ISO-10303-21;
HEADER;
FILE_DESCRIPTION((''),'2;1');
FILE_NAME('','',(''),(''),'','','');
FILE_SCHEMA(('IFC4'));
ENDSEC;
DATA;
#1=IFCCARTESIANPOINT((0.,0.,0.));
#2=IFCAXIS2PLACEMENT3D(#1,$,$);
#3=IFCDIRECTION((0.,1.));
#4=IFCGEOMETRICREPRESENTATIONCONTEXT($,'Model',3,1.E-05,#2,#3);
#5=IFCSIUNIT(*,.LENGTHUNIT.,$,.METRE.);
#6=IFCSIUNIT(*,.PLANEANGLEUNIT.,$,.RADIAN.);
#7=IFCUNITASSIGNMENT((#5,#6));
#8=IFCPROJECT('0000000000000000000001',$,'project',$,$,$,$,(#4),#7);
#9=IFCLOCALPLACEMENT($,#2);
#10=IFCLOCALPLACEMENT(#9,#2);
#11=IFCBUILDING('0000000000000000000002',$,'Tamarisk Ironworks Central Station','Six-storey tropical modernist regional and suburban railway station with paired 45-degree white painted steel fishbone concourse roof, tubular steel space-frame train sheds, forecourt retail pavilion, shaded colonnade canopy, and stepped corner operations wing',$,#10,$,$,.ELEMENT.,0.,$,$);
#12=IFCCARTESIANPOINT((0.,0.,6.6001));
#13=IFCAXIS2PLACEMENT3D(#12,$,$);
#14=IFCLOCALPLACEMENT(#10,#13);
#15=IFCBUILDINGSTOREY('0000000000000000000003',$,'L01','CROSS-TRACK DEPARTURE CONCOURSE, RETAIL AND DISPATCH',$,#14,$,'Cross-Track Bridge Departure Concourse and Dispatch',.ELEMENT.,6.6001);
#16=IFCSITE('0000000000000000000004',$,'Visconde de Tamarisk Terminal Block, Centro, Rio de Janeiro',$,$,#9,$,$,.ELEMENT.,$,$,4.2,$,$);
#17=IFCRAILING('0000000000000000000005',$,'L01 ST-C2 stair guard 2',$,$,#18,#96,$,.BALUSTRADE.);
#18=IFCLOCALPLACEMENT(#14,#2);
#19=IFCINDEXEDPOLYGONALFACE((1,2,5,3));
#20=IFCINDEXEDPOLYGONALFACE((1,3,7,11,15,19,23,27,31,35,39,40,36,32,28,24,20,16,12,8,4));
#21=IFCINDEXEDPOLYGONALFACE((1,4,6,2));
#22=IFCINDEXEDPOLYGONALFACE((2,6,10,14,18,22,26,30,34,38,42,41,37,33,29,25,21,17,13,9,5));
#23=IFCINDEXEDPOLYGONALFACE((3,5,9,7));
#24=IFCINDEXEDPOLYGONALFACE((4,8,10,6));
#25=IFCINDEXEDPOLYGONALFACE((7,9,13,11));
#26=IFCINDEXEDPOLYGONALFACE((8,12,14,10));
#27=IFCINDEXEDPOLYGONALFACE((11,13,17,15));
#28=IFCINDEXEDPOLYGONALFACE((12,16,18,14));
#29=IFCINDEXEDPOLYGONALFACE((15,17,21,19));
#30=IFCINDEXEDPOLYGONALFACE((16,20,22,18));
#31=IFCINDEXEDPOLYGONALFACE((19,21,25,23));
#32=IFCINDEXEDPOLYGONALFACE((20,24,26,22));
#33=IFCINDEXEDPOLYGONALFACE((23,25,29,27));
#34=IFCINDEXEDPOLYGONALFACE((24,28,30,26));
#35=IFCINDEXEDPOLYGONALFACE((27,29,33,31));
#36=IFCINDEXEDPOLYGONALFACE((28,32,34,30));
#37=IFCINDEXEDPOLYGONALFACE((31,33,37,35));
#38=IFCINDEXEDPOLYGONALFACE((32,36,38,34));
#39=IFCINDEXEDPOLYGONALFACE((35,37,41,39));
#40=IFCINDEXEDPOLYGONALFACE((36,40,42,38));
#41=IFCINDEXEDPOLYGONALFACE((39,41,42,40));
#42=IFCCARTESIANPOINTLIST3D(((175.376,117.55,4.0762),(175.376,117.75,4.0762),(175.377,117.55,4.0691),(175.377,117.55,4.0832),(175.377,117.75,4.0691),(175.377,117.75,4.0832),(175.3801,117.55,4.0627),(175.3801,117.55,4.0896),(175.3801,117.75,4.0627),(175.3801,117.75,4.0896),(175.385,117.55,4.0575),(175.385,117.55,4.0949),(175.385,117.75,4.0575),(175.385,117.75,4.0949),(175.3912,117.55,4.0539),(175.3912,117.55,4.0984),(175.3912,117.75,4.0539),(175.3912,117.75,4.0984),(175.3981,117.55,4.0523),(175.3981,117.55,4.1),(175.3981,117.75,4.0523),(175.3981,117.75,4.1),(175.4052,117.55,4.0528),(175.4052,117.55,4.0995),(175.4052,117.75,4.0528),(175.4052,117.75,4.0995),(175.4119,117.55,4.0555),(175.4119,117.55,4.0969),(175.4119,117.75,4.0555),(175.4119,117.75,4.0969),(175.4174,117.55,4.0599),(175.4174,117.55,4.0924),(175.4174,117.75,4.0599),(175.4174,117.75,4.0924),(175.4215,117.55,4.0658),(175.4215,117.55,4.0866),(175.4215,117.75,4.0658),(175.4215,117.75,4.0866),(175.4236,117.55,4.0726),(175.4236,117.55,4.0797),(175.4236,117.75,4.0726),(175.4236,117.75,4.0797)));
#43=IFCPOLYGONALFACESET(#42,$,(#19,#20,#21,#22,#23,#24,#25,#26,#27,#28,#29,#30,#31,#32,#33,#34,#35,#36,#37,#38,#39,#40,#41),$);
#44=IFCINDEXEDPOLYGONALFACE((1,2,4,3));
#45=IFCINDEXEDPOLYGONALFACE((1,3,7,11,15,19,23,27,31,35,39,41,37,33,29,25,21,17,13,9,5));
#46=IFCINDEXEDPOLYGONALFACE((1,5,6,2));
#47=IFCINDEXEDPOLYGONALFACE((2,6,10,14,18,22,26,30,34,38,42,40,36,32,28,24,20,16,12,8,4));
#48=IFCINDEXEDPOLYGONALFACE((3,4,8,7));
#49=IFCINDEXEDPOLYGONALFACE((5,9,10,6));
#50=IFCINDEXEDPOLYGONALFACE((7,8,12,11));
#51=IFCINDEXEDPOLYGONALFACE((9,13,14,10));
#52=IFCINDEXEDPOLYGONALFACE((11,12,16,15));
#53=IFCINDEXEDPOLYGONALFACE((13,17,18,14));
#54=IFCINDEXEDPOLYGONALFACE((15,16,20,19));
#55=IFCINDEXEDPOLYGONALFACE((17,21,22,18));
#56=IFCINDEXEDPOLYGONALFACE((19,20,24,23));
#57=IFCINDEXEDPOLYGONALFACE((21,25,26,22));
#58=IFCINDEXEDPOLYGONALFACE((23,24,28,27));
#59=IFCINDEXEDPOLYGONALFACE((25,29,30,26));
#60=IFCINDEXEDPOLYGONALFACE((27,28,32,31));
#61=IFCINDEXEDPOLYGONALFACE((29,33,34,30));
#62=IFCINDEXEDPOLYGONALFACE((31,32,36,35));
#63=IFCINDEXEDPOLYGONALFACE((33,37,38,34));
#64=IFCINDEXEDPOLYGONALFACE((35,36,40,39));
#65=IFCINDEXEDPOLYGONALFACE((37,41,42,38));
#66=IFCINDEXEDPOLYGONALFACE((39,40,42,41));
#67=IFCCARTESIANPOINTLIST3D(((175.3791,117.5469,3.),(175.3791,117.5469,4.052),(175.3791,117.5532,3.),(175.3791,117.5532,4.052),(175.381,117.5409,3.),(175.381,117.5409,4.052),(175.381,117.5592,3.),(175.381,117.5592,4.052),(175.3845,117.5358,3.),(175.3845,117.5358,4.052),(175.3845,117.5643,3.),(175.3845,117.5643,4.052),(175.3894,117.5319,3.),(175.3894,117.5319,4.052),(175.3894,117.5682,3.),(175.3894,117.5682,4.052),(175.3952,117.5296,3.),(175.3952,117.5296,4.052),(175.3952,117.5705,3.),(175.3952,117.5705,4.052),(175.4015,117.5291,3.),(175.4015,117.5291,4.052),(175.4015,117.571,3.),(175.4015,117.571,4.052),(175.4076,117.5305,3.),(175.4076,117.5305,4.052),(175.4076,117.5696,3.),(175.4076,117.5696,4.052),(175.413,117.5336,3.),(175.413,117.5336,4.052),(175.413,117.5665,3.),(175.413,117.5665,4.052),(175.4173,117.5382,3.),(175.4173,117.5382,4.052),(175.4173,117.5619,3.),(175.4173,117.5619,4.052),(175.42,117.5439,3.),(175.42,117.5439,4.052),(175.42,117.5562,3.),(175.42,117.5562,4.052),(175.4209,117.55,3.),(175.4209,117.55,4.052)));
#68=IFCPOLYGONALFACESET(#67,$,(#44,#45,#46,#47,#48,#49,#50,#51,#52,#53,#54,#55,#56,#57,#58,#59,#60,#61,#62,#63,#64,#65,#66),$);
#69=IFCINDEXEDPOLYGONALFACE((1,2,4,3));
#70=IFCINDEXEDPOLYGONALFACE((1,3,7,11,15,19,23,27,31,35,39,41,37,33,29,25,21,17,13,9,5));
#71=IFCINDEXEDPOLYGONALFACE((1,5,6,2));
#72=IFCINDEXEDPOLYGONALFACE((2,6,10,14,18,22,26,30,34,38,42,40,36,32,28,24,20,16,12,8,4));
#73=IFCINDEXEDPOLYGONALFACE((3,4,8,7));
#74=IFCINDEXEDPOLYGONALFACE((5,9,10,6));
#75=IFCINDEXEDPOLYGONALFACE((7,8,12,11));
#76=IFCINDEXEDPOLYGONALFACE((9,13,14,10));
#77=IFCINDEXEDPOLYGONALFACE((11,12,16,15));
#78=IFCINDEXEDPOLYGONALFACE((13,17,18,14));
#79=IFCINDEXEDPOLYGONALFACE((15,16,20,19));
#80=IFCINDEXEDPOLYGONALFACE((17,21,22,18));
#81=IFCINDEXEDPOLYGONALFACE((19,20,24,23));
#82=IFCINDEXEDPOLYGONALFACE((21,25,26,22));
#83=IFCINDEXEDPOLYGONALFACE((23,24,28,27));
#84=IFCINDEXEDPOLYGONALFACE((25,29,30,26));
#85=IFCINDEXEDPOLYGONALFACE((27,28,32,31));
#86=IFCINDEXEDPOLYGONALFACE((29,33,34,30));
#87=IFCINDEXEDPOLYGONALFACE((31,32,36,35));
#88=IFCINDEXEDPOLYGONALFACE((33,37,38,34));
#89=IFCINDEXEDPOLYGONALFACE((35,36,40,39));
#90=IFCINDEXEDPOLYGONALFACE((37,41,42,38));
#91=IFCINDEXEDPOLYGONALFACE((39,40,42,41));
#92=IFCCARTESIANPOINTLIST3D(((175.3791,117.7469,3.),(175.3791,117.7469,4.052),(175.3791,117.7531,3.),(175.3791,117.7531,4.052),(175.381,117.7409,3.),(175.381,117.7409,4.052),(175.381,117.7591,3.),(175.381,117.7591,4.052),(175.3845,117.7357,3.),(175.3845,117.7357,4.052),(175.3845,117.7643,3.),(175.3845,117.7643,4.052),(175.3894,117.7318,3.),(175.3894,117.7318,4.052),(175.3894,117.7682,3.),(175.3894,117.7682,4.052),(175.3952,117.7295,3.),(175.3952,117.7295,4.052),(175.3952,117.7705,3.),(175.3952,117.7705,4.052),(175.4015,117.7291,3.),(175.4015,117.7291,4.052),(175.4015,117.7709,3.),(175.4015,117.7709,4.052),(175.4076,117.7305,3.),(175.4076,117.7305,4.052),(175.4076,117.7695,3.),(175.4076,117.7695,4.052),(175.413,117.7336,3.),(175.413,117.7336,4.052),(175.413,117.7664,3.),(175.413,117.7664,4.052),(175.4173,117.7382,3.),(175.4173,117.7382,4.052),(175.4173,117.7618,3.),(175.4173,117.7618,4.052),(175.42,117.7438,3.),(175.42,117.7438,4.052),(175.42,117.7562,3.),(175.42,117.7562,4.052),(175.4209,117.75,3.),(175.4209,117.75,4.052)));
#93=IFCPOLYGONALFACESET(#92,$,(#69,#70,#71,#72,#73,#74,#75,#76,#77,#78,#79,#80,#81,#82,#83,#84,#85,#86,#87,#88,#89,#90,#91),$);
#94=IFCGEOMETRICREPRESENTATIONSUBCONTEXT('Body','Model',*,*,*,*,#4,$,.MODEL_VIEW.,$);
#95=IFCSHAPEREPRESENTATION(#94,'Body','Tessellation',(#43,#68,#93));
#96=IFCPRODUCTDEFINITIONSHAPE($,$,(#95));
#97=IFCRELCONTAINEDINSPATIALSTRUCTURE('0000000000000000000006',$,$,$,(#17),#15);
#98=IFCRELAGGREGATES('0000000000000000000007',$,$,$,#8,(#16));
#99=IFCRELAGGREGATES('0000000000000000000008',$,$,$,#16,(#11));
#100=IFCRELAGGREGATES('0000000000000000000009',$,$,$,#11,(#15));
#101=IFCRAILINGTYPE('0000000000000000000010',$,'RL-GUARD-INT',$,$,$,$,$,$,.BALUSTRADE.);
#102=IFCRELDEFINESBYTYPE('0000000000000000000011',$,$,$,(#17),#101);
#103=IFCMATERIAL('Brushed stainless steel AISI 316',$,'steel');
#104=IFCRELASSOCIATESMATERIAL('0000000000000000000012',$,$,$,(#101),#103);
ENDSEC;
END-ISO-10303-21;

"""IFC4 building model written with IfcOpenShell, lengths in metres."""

from ifc_helpers import new_model, si_unit, direction, frame, origin, origin_2d, place, context, subcontext, project, spatial, circle, extrude, material, type_object, element, save


model = new_model("IFC4")

# Units and contexts
model_context = context("Model", 3, precision=1e-05, world=origin(), true_north=direction((0.0, 1.0)))
body_context = subcontext(model_context, "Body", "Model", "MODEL_VIEW")
ifc_project = project(units=[si_unit("LENGTHUNIT", "METRE"), si_unit("PLANEANGLEUNIT", "RADIAN")], contexts=[model_context])

# Site, building, storey
site_placement = place(None, origin())
site = spatial("IfcSite", under=ifc_project, at=site_placement, Name="Visconde de Tamarisk Terminal Block, Centro, Rio de Janeiro", CompositionType="ELEMENT", RefElevation=4.2)
building_placement = place(site_placement, origin())
building = spatial("IfcBuilding", under=site, at=building_placement, Name="Tamarisk Ironworks Central Station", Description="Six-storey tropical modernist regional and suburban railway station with paired 45-degree white painted steel fishbone concourse roof, tubular steel space-frame train sheds, forecourt retail pavilion, shaded colonnade canopy, and stepped corner operations wing", CompositionType="ELEMENT", ElevationOfRefHeight=0.0)
storey_placement = place(building_placement, frame((0.0, 0.0, 6.6001)))
storey = spatial("IfcBuildingStorey", under=building, at=storey_placement, Name="L01", Description="CROSS-TRACK DEPARTURE CONCOURSE, RETAIL AND DISPATCH", LongName="Cross-Track Bridge Departure Concourse and Dispatch", CompositionType="ELEMENT", Elevation=6.6001)

# Railing
ifc_material_1 = material(Name="Brushed stainless steel AISI 316", Category="steel")
railing_type_1 = type_object("IfcRailingType", Name="RL-GUARD-INT", PredefinedType="BALUSTRADE", material=ifc_material_1)
railing_1_placement = place(storey_placement, frame((175.3999, 117.55, 3.0)))
element("IfcRailing", 1, at=railing_1_placement, inside=storey, type_object=railing_type_1, Name="L01 ST-C2 stair guard 2", PredefinedType="BALUSTRADE", context=body_context, shape_type="SweptSolid", body=[
    extrude(circle(Radius=0.0239, at=origin_2d()), frame((0.0, 0.0, 1.0762), z_axis=(0.0, 1.0, 0.0), x_axis=(-1.0, 0.0, 0.0)), (0.0, 0.0, 1.0), 0.2),
    extrude(circle(Radius=0.021, at=origin_2d()), origin(), (0.0, 0.0, 1.0), 1.052),
    extrude(circle(Radius=0.021, at=origin_2d()), frame((0.0, 0.2, 0.0)), (0.0, 0.0, 1.0), 1.052),
])

save(model, "model.ifc")
